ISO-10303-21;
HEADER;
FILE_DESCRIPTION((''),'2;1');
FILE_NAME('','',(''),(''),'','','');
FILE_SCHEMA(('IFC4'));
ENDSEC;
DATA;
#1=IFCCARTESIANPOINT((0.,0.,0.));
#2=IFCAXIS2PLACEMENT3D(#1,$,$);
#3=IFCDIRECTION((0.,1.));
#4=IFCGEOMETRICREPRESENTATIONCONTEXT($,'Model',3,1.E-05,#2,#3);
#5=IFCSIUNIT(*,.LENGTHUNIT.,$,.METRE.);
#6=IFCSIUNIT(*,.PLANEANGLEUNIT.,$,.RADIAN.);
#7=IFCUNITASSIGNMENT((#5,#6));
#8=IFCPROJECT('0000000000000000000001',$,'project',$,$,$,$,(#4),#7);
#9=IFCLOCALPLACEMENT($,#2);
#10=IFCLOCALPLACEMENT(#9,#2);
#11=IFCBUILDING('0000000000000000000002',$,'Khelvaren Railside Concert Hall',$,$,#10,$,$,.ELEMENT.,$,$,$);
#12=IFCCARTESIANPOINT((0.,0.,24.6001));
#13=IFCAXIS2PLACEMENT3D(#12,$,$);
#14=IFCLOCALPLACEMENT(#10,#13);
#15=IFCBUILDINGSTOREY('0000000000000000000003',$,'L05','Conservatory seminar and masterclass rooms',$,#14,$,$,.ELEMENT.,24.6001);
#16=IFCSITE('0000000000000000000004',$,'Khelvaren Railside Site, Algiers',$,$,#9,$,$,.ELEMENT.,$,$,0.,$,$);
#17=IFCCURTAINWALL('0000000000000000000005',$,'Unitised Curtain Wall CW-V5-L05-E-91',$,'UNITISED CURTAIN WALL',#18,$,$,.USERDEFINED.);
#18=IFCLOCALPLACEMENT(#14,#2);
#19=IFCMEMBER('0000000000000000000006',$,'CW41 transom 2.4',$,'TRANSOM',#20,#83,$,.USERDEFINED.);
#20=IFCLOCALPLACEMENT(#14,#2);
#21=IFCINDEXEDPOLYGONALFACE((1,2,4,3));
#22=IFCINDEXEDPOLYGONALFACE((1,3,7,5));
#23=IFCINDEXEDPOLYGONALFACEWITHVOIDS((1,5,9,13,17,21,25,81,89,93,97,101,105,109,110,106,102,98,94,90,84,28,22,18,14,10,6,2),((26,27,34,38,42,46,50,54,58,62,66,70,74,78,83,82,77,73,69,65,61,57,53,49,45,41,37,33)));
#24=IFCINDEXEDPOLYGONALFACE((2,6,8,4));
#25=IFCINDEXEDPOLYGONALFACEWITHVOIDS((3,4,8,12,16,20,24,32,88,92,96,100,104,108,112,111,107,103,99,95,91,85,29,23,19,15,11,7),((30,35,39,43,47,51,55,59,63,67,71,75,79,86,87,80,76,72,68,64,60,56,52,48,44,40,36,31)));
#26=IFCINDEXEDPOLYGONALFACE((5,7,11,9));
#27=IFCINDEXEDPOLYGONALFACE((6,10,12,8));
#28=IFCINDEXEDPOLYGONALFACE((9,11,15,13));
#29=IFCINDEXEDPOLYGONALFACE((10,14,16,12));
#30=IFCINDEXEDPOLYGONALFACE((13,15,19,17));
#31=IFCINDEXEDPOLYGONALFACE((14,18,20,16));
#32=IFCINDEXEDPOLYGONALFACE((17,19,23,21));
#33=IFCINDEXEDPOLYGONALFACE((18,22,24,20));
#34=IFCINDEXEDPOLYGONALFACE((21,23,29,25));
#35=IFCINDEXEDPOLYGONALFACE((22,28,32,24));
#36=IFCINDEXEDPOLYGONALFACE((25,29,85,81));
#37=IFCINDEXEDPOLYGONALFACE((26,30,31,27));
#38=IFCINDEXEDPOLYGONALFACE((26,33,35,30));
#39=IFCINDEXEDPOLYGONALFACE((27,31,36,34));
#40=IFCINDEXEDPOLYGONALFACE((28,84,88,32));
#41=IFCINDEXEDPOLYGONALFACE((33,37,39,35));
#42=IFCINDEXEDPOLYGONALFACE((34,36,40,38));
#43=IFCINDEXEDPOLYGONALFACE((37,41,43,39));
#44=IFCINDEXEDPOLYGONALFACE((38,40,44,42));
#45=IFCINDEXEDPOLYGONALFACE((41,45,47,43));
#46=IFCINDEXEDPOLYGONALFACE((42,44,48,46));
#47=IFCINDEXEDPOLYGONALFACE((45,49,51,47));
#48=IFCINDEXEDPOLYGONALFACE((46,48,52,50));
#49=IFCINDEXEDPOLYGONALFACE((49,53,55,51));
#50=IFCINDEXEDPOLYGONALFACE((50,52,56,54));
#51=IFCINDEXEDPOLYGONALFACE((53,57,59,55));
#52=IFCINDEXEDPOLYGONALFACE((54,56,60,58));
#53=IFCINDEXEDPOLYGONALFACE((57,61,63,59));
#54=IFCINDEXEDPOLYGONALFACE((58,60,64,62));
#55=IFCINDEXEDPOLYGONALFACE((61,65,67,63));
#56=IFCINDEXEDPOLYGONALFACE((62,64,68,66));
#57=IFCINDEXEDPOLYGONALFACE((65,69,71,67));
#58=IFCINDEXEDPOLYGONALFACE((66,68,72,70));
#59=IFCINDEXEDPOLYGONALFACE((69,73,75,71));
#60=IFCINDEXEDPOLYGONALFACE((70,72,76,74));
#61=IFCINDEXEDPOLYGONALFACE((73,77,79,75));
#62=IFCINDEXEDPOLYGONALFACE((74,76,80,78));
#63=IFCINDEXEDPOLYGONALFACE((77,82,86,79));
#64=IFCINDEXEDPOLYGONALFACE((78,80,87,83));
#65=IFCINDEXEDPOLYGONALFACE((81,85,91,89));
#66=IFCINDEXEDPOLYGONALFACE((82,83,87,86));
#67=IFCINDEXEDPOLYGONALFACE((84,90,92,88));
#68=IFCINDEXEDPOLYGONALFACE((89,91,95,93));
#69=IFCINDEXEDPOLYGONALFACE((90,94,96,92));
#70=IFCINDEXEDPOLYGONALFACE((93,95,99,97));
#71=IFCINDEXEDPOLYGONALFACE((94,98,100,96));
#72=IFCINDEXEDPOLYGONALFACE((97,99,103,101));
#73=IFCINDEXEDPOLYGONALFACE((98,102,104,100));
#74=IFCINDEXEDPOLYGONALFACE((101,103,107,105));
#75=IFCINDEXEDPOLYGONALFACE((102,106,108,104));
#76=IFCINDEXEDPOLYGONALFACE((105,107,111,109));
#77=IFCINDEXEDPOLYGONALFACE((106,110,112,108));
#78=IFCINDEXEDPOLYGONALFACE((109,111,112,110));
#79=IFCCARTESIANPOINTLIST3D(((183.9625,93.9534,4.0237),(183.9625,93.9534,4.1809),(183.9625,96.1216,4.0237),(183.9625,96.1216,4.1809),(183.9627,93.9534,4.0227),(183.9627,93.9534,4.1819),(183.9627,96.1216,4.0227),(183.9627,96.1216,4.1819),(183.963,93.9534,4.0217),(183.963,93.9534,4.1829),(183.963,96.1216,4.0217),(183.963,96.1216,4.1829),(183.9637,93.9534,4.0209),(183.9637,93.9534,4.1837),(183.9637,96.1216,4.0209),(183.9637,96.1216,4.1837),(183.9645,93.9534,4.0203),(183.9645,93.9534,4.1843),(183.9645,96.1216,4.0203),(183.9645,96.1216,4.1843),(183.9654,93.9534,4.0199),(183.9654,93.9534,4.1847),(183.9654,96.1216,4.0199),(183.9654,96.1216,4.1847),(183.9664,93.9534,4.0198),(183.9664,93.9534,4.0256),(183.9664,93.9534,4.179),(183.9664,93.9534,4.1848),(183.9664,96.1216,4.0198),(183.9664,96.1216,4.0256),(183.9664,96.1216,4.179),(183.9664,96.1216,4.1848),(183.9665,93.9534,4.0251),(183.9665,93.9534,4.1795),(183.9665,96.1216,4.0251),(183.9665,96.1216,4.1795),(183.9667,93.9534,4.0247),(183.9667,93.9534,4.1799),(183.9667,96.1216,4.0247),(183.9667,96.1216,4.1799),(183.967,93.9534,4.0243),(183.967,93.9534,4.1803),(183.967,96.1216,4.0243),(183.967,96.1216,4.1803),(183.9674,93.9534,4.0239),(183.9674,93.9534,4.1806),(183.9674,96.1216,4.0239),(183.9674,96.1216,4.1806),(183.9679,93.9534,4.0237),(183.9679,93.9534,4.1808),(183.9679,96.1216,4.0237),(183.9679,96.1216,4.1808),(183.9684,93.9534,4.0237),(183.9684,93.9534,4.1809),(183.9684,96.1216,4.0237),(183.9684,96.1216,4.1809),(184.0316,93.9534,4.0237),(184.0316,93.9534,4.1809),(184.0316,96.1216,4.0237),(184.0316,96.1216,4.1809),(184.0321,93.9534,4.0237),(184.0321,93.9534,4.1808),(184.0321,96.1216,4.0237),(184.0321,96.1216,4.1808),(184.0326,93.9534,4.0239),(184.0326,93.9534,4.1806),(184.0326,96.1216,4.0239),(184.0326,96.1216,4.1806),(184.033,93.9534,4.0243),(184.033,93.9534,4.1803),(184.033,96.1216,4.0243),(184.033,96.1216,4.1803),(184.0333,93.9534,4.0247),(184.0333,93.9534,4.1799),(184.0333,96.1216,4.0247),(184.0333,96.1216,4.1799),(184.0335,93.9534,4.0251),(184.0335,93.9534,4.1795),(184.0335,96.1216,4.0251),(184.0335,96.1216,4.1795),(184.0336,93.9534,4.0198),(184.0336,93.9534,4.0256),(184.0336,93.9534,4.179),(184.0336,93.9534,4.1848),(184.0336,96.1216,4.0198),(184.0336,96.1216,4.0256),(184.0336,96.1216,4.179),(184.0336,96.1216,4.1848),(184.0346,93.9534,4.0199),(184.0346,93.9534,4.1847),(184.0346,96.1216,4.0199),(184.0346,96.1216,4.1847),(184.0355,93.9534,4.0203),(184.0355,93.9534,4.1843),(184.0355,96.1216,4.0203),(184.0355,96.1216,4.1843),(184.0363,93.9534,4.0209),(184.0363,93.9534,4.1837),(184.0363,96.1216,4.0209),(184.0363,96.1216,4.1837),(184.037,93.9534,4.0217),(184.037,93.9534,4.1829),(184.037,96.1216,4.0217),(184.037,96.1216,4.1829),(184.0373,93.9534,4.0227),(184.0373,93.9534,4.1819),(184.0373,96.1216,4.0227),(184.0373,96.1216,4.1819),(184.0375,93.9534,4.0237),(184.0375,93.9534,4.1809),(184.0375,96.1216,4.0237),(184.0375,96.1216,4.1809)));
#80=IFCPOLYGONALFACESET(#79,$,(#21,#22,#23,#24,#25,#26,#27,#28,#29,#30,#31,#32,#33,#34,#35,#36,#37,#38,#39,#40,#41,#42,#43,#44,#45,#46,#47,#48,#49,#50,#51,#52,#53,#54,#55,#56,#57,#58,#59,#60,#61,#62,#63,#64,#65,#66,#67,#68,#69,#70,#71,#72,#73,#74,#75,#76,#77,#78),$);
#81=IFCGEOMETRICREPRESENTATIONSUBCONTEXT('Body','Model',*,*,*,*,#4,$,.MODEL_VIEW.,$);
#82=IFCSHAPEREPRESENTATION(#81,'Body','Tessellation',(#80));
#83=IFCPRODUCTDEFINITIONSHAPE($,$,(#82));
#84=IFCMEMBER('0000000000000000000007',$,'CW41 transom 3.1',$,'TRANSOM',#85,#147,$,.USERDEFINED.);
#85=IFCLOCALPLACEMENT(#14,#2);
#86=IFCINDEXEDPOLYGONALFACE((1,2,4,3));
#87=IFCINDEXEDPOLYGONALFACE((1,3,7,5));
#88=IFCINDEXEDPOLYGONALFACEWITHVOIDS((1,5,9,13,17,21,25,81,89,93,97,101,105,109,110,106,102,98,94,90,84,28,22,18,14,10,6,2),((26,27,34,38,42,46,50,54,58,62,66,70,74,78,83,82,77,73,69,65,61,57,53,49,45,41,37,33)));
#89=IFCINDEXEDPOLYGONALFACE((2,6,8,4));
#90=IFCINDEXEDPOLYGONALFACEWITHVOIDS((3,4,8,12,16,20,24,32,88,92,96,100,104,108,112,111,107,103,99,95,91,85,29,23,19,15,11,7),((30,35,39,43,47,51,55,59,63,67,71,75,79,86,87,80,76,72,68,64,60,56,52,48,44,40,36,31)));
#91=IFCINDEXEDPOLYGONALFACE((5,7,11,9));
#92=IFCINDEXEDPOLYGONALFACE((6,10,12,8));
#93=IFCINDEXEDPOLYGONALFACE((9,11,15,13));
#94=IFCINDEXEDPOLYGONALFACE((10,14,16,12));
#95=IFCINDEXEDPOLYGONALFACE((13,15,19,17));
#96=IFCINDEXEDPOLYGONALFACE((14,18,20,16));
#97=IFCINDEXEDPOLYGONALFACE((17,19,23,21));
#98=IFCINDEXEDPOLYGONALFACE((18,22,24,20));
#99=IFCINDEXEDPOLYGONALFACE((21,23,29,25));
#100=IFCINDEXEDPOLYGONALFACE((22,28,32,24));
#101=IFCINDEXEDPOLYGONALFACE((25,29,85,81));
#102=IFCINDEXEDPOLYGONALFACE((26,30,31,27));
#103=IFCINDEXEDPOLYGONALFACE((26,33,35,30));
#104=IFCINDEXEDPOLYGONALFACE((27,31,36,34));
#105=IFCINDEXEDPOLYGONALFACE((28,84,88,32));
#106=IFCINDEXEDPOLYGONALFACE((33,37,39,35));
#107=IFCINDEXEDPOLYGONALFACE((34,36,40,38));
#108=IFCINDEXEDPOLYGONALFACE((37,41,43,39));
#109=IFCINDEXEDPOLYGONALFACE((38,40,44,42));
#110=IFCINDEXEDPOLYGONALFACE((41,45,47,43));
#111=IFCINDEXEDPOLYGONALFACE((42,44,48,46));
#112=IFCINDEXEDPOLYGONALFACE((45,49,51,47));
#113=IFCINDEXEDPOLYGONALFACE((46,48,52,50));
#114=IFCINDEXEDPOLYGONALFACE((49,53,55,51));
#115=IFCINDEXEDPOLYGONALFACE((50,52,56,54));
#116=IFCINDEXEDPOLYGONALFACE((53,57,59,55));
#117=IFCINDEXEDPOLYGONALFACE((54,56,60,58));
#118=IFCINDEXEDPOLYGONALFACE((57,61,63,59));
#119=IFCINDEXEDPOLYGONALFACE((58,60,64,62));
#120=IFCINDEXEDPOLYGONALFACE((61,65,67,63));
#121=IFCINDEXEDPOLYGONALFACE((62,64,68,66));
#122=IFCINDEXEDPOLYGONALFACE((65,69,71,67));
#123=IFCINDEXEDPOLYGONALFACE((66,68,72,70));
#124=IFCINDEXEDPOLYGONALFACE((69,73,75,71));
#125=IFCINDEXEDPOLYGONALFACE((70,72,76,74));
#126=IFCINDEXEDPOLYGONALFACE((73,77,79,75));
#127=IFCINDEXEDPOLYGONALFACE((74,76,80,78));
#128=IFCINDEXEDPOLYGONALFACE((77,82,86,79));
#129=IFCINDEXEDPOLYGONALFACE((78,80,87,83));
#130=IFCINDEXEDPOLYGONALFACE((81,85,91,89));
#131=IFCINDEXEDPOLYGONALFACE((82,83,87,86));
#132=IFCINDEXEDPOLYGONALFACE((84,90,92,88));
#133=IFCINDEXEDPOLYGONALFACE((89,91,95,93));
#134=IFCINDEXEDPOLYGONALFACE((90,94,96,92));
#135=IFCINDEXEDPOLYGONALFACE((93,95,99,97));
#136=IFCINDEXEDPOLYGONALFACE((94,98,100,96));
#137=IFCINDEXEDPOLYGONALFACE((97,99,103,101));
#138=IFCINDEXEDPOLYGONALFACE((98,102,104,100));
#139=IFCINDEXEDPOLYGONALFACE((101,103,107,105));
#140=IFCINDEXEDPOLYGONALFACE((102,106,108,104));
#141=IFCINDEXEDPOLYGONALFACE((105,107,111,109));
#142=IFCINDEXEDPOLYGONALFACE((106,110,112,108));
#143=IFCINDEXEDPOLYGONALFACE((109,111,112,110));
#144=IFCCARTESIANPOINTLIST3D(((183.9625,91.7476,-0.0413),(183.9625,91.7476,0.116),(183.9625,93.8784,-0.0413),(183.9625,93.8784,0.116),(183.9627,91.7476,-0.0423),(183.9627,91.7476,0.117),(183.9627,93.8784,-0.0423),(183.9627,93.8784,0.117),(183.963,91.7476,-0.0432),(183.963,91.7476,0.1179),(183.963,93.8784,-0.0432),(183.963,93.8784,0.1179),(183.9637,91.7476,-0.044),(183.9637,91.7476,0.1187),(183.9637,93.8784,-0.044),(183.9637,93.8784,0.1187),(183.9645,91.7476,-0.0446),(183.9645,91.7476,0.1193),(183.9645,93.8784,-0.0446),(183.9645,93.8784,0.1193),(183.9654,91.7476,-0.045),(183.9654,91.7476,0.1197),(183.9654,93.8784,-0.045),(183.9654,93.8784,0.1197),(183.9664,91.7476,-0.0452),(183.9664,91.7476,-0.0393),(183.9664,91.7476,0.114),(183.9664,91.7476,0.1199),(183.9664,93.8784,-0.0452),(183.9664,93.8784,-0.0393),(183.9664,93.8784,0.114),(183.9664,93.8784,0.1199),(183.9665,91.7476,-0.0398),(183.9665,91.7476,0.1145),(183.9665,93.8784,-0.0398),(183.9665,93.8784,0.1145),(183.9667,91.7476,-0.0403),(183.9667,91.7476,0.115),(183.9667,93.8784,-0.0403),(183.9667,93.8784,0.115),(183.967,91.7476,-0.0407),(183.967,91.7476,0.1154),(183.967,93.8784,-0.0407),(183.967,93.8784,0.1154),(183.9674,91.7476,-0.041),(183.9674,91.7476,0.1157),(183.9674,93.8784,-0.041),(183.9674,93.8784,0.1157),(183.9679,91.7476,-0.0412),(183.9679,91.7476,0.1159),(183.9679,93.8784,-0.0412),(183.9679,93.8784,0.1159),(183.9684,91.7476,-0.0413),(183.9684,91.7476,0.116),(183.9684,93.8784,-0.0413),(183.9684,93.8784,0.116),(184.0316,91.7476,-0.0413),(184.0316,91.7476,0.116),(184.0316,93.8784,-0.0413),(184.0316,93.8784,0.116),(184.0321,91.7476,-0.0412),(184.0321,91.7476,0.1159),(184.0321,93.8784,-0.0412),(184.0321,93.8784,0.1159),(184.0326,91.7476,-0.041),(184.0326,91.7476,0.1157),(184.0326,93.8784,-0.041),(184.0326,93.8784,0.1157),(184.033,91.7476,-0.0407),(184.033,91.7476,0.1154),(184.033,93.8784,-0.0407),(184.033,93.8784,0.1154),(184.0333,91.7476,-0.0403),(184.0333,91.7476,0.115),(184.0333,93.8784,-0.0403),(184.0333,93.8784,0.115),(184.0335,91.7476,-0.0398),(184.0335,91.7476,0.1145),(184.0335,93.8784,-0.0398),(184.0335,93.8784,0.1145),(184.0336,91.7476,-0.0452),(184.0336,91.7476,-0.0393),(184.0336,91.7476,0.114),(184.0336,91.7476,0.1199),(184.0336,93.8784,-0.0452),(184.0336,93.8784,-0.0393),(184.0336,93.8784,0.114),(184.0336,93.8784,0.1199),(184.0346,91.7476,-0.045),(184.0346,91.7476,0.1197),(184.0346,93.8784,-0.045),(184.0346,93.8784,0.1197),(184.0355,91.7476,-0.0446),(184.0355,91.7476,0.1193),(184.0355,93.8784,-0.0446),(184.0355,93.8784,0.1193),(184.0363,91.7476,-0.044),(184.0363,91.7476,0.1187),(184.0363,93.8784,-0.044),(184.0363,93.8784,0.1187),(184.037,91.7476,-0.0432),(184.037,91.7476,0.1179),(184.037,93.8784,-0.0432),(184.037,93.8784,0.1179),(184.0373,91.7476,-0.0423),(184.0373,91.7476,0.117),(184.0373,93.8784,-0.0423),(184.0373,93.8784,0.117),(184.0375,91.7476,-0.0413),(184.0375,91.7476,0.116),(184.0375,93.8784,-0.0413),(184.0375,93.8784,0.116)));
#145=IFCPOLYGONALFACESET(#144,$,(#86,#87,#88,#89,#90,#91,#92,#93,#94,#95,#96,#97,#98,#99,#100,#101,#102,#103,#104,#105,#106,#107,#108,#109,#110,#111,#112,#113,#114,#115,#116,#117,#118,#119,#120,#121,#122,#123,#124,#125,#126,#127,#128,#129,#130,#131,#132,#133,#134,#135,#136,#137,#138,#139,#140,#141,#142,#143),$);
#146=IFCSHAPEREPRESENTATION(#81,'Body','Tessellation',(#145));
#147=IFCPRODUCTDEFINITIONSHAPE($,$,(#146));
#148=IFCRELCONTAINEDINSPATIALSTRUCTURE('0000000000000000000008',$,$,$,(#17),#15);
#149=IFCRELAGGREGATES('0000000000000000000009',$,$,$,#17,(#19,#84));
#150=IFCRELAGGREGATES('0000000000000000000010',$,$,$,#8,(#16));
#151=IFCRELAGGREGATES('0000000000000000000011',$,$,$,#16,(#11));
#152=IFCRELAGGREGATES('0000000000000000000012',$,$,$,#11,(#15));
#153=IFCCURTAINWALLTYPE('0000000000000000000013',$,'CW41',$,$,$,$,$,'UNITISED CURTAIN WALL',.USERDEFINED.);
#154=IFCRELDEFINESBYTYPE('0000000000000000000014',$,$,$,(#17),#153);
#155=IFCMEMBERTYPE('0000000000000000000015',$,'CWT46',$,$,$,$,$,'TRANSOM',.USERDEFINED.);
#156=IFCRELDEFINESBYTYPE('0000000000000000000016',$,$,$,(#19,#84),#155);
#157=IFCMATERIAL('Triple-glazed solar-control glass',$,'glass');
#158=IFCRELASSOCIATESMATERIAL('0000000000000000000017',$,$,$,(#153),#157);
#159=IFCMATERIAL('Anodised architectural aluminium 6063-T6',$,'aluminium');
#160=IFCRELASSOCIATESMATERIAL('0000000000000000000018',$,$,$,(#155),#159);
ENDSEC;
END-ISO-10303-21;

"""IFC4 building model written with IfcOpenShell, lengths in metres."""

from ifc_helpers import new_model, si_unit, direction, frame, origin, origin_2d, place, context, subcontext, project, spatial, hollow_rectangle, extrude, material, material_profile, profile_set, type_object, element, aggregate, save


model = new_model("IFC4")

# Units and contexts
model_context = context("Model", 3, precision=1e-05, world=origin(), true_north=direction((0.0, 1.0)))
body_context = subcontext(model_context, "Body", "Model", "MODEL_VIEW")
ifc_project = project(units=[si_unit("LENGTHUNIT", "METRE"), si_unit("PLANEANGLEUNIT", "RADIAN")], contexts=[model_context])

# Site, building, storey
site_placement = place(None, origin())
site = spatial("IfcSite", under=ifc_project, at=site_placement, Name="Khelvaren Railside Site, Algiers", CompositionType="ELEMENT", RefElevation=0.0)
building_placement = place(site_placement, origin())
building = spatial("IfcBuilding", under=site, at=building_placement, Name="Khelvaren Railside Concert Hall", CompositionType="ELEMENT")
storey_placement = place(building_placement, frame((0.0, 0.0, 24.6001)))
storey = spatial("IfcBuildingStorey", under=building, at=storey_placement, Name="L05", Description="Conservatory seminar and masterclass rooms", CompositionType="ELEMENT", Elevation=24.6001)

# Curtain wall, members
ifc_material_1 = material(Name="Triple-glazed solar-control glass", Category="glass")
curtain_wall_type = type_object("IfcCurtainWallType", Name="CW41", ElementType="UNITISED CURTAIN WALL", PredefinedType="USERDEFINED", material=ifc_material_1)
curtain_wall_placement = place(storey_placement, origin())
curtain_wall = element("IfcCurtainWall", 1, at=curtain_wall_placement, inside=storey, type_object=curtain_wall_type, Name="Unitised Curtain Wall CW-V5-L05-E-91", ObjectType="UNITISED CURTAIN WALL", PredefinedType="USERDEFINED")
ifc_material_2 = material(Name="Anodised architectural aluminium 6063-T6", Category="aluminium")
ifc_material_profile_1 = material_profile(ifc_material_2, hollow_rectangle(XDim=0.075, YDim=0.165, WallThickness=0.0039, InnerFilletRadius=0.002, OuterFilletRadius=0.0039, at=origin_2d()), Name="CWT 75x165x4")
ifc_profile_set_1 = profile_set([ifc_material_profile_1], Name="Anodised architectural aluminium 6063-T6")
member_type_1 = type_object("IfcMemberType", Name="CWT46", ElementType="TRANSOM", PredefinedType="USERDEFINED", material=ifc_profile_set_1)
member_1_placement = place(storey_placement, frame((184.0, 96.1216, 4.1023), z_axis=(0.0, -1.0, 0.0), x_axis=(1.0, 0.0, 0.0)))
member_1 = element("IfcMember", 2, at=member_1_placement, type_object=member_type_1, Name="CW41 transom 2.4", ObjectType="TRANSOM", PredefinedType="USERDEFINED", context=body_context, shape_type="SweptSolid", body=[
    extrude(hollow_rectangle(XDim=0.075, YDim=0.165, WallThickness=0.0039, InnerFilletRadius=0.002, OuterFilletRadius=0.0039, at=origin_2d()), origin(), (0.0, 0.0, 1.0), 2.1682),
])
member_2_placement = place(storey_placement, frame((184.0, 93.8784, 0.0374), z_axis=(0.0, -1.0, 0.0), x_axis=(1.0, 0.0, 0.0)))
member_2 = element("IfcMember", 3, at=member_2_placement, type_object=member_type_1, Name="CW41 transom 3.1", ObjectType="TRANSOM", PredefinedType="USERDEFINED", context=body_context, shape_type="SweptSolid", body=[
    extrude(hollow_rectangle(XDim=0.075, YDim=0.165, WallThickness=0.0039, InnerFilletRadius=0.002, OuterFilletRadius=0.0039, at=origin_2d()), origin(), (0.0, 0.0, 1.0), 2.1309),
])
aggregate(curtain_wall, [member_1, member_2])

save(model, "model.ifc")
